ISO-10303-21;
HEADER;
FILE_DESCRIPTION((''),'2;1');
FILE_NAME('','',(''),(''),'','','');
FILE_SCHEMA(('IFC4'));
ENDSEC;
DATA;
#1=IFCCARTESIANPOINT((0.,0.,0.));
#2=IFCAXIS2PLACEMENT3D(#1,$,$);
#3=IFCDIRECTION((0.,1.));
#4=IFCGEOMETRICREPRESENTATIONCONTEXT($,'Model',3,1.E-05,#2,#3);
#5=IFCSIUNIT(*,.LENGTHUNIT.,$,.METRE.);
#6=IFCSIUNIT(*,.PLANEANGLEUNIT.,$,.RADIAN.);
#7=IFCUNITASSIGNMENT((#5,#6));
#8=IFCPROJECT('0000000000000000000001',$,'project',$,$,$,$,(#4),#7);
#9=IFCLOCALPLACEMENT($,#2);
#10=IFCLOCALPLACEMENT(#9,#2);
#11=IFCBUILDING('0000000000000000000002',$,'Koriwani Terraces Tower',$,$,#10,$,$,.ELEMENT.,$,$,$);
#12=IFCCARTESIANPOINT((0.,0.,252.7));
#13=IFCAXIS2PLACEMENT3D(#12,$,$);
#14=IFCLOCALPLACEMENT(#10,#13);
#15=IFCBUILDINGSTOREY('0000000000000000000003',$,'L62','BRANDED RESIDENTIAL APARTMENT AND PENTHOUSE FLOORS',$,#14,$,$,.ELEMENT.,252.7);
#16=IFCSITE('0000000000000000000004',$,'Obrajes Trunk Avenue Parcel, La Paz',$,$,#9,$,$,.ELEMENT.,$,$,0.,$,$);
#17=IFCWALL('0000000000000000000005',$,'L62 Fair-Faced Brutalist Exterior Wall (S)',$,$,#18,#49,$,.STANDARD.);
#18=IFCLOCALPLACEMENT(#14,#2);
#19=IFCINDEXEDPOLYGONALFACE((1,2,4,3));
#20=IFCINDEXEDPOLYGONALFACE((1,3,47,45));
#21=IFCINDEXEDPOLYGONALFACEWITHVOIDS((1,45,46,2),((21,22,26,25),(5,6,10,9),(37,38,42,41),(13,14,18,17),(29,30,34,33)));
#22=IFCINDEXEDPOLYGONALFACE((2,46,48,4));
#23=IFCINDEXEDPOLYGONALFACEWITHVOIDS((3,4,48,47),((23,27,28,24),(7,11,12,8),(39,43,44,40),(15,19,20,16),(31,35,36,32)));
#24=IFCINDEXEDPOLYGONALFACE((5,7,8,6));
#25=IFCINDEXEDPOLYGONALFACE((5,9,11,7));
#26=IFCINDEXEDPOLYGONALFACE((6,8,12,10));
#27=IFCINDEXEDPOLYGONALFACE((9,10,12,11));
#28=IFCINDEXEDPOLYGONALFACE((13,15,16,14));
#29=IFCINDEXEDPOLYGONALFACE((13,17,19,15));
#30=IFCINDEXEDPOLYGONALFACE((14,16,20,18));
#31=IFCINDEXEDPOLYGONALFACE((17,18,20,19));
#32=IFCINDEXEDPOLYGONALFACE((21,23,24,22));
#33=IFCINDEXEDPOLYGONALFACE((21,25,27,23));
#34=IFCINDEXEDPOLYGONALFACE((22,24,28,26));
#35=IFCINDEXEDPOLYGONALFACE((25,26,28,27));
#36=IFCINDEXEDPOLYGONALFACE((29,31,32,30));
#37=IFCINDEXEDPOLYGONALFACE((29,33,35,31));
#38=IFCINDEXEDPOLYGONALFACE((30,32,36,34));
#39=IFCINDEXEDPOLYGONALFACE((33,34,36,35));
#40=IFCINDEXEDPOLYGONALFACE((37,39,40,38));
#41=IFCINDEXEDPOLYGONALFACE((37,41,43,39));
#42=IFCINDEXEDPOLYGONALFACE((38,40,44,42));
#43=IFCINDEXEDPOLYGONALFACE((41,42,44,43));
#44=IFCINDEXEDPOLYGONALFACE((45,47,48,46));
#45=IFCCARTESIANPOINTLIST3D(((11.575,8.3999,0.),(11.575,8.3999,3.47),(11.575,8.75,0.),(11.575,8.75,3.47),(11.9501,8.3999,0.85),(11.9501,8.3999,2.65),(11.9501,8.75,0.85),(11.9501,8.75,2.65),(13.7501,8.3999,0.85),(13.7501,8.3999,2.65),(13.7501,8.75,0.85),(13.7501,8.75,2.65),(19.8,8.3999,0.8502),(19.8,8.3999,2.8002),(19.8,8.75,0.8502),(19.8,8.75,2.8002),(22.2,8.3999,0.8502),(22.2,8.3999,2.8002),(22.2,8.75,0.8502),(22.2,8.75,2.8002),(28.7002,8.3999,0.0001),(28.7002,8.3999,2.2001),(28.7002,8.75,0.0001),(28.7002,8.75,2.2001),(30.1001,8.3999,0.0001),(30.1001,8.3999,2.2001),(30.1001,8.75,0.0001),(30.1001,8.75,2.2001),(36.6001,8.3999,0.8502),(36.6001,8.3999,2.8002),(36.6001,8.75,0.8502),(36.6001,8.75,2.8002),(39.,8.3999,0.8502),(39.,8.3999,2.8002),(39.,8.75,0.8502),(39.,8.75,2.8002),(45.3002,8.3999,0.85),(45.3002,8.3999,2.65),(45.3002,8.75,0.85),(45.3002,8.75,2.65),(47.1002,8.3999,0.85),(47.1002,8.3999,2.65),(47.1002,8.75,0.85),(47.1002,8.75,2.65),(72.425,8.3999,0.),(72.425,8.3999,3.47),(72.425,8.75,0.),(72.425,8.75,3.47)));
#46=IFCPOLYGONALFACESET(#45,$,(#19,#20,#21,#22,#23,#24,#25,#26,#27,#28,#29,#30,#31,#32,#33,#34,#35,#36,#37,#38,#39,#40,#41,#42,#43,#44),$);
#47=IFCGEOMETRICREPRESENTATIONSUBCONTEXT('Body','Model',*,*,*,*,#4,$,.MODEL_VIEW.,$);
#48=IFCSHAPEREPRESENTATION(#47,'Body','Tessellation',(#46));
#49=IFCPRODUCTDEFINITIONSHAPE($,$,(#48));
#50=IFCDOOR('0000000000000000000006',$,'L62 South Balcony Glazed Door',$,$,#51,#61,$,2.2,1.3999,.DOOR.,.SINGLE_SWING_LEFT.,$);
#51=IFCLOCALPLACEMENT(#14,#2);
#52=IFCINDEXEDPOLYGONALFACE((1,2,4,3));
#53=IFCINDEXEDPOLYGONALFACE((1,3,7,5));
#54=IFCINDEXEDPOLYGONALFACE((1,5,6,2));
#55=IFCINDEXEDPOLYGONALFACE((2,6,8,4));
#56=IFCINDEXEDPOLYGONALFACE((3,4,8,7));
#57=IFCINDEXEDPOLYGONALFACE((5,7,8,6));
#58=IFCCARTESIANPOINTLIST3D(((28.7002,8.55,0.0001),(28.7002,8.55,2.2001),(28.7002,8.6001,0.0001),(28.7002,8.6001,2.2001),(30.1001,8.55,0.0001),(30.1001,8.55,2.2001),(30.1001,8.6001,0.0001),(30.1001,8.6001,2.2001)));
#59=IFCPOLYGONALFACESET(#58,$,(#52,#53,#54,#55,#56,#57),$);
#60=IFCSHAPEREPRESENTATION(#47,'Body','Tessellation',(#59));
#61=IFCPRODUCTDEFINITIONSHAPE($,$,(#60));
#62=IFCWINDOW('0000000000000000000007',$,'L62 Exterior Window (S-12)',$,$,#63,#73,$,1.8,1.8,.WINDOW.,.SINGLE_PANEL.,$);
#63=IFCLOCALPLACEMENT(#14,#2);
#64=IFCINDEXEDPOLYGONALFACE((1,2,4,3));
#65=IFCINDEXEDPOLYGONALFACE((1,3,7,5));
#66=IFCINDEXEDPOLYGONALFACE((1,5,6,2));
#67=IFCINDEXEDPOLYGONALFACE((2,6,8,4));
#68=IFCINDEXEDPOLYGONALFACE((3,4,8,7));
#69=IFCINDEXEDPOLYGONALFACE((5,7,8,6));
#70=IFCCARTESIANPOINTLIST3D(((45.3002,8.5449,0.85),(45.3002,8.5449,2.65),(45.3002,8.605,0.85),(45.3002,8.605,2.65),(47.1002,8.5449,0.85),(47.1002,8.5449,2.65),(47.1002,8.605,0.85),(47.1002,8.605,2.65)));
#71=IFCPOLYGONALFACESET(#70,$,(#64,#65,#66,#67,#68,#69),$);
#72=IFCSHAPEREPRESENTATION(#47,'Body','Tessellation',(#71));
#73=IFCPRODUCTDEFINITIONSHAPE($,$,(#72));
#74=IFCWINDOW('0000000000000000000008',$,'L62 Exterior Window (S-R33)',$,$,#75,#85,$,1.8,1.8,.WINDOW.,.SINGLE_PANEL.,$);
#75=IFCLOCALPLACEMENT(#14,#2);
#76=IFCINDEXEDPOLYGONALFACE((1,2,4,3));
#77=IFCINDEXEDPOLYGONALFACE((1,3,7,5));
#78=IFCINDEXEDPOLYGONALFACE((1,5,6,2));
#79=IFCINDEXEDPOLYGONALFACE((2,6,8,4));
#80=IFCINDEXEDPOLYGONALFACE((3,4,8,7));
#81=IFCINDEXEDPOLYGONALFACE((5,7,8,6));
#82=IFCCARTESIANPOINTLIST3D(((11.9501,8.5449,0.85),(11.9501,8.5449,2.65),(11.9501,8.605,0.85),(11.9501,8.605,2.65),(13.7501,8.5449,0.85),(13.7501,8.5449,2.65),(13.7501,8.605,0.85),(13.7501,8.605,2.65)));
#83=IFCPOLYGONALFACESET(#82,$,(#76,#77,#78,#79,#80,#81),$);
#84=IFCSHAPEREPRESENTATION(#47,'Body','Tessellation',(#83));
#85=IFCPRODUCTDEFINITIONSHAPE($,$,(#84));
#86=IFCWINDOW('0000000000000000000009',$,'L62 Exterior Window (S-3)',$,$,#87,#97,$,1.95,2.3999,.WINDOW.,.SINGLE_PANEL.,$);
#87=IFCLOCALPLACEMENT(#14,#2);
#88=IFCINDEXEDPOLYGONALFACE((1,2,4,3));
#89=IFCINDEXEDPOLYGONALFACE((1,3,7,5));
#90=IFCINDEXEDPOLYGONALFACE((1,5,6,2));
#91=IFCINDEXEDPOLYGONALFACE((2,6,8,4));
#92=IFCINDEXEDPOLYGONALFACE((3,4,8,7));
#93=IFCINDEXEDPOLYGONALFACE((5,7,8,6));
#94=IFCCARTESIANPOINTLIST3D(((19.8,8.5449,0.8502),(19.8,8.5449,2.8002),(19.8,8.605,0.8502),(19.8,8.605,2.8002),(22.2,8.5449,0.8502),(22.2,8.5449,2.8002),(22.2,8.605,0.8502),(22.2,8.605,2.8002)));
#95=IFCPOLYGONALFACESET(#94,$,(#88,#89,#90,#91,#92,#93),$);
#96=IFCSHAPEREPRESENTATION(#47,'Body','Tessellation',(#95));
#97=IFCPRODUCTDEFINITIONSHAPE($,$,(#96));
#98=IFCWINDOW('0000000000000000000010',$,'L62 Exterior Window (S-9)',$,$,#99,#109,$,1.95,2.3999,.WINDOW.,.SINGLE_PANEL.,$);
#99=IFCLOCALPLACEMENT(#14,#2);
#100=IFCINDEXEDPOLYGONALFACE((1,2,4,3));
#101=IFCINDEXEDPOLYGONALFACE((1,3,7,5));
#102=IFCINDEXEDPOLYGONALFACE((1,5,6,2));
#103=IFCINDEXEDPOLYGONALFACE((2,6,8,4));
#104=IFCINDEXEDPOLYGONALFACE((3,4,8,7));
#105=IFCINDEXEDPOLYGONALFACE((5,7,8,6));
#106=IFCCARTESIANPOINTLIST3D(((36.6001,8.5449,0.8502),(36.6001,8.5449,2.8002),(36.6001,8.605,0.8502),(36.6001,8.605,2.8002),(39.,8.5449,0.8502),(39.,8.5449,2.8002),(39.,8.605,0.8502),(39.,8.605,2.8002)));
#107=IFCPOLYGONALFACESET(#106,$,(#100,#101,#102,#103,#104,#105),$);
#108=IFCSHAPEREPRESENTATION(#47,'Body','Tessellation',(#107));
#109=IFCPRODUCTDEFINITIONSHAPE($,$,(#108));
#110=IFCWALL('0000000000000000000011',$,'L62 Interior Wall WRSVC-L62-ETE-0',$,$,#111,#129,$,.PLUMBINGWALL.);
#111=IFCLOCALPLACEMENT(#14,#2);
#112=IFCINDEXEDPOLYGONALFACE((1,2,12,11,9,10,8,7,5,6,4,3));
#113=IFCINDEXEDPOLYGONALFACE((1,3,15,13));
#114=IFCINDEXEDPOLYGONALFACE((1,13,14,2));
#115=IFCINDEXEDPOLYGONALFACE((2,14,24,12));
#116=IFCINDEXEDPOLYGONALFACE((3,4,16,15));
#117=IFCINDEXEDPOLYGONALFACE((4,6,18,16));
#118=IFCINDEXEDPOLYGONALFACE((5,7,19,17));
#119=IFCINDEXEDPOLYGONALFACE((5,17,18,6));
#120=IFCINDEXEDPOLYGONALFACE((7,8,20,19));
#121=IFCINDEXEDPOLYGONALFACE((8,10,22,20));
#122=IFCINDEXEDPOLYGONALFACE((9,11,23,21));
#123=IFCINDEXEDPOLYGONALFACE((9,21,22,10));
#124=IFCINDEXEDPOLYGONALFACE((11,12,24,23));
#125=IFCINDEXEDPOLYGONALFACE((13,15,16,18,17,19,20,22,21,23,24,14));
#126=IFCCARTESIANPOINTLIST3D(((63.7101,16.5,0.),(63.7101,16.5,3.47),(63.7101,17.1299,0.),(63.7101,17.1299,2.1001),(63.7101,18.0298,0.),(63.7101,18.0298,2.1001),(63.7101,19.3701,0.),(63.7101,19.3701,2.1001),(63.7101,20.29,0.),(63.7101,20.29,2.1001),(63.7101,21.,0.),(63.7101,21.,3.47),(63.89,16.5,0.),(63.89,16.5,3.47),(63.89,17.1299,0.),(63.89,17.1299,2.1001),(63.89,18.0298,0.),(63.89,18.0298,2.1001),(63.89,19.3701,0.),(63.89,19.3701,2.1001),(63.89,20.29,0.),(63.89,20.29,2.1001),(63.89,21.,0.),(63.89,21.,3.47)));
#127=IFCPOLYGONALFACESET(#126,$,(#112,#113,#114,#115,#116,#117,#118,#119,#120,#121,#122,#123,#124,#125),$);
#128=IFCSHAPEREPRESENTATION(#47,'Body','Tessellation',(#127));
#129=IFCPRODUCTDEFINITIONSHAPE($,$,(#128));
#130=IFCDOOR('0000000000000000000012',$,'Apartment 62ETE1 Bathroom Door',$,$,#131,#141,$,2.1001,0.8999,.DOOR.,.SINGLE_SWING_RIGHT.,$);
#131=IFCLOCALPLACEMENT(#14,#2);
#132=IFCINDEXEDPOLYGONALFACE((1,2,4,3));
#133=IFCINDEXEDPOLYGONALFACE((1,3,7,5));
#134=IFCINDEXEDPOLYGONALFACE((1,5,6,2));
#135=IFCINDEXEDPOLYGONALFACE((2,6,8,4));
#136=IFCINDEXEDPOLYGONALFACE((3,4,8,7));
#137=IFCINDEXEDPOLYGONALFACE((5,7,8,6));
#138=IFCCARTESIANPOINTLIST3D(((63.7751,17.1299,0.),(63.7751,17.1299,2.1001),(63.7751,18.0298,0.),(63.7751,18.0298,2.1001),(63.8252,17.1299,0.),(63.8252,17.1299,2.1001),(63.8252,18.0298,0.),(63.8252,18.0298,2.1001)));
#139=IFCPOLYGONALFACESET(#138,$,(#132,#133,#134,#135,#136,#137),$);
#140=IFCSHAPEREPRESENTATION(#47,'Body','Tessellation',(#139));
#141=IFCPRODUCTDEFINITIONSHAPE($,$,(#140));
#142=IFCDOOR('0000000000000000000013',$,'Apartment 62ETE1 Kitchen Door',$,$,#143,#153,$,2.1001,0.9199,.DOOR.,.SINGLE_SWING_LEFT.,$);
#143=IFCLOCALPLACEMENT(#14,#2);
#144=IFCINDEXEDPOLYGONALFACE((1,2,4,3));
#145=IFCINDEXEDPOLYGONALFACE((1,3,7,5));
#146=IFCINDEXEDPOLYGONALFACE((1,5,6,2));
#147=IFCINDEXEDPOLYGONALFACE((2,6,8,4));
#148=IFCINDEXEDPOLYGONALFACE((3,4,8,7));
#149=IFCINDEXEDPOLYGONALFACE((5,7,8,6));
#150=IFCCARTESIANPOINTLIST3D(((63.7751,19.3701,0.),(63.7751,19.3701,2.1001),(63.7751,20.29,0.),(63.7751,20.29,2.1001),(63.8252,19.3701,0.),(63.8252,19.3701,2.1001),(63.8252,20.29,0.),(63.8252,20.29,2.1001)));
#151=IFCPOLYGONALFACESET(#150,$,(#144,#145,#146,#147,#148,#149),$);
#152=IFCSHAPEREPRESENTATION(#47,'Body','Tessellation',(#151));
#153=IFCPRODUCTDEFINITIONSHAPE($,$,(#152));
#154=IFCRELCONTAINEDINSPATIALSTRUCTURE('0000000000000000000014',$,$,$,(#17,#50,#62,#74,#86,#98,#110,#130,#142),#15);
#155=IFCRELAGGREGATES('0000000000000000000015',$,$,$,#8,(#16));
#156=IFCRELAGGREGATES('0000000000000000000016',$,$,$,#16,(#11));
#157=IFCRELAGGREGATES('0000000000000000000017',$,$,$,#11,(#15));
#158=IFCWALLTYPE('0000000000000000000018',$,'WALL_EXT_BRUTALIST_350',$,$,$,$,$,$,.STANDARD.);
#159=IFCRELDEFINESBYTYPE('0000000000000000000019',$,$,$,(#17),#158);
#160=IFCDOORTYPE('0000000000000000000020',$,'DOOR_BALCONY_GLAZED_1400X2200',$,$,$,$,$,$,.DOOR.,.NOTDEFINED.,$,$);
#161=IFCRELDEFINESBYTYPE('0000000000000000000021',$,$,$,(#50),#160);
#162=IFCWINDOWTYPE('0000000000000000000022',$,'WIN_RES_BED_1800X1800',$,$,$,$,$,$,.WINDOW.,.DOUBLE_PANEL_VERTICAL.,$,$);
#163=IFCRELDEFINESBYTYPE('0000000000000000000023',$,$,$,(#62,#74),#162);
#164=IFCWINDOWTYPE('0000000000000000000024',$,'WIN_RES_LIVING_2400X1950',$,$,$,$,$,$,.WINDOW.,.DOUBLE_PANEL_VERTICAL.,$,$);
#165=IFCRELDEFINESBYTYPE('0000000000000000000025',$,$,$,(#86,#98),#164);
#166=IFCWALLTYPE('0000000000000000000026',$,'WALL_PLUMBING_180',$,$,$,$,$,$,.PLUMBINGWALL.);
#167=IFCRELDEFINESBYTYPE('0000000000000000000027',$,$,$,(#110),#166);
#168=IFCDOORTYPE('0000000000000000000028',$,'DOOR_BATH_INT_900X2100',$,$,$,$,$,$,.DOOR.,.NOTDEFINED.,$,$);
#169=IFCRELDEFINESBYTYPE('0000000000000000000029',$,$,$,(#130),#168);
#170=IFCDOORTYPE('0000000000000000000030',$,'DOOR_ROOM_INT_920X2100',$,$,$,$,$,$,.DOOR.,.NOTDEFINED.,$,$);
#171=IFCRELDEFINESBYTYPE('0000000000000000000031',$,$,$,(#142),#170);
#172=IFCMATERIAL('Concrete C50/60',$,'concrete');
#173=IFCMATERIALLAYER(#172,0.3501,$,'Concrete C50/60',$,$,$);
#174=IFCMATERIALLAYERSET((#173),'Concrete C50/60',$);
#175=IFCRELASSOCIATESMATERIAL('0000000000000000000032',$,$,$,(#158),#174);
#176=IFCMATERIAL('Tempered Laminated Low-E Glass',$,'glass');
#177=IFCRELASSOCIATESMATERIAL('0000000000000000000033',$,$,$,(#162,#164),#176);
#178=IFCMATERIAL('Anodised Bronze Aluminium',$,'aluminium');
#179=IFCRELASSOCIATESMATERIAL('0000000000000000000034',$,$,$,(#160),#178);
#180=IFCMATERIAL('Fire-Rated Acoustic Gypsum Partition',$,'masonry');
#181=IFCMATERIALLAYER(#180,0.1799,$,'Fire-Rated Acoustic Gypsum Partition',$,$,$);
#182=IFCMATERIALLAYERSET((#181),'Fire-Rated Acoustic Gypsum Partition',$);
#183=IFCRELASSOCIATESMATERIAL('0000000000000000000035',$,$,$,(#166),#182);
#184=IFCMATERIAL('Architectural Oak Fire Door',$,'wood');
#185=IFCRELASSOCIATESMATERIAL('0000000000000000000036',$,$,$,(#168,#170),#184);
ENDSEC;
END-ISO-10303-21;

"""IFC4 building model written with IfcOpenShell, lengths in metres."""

from ifc_helpers import new_model, si_unit, direction, frame, frame_2d, origin, place, context, subcontext, project, spatial, rectangle, extrude, material, layer, layer_set, type_object, element, fill, save


model = new_model("IFC4")

# Units and contexts
model_context = context("Model", 3, precision=1e-05, world=origin(), true_north=direction((0.0, 1.0)))
body_context = subcontext(model_context, "Body", "Model", "MODEL_VIEW")
ifc_project = project(units=[si_unit("LENGTHUNIT", "METRE"), si_unit("PLANEANGLEUNIT", "RADIAN")], contexts=[model_context])

# Site, building, storey
site_placement = place(None, origin())
site = spatial("IfcSite", under=ifc_project, at=site_placement, Name="Obrajes Trunk Avenue Parcel, La Paz", CompositionType="ELEMENT", RefElevation=0.0)
building_placement = place(site_placement, origin())
building = spatial("IfcBuilding", under=site, at=building_placement, Name="Koriwani Terraces Tower", CompositionType="ELEMENT")
storey_placement = place(building_placement, frame((0.0, 0.0, 252.7)))
storey = spatial("IfcBuildingStorey", under=building, at=storey_placement, Name="L62", Description="BRANDED RESIDENTIAL APARTMENT AND PENTHOUSE FLOORS", CompositionType="ELEMENT", Elevation=252.7)

# Shared definitions
ifc_material_1 = material(Name="Concrete C50/60", Category="concrete")

# Shared definitions
ifc_layer_1 = layer(ifc_material_1, 0.3501, Name="Concrete C50/60")
ifc_layer_set_1 = layer_set([ifc_layer_1], Name="Concrete C50/60")
wall_type_1 = type_object("IfcWallType", Name="WALL_EXT_BRUTALIST_350", PredefinedType="STANDARD", material=ifc_layer_set_1)
ifc_material_2 = material(Name="Tempered Laminated Low-E Glass", Category="glass")
window_type_1 = type_object("IfcWindowType", Name="WIN_RES_BED_1800X1800", PartitioningType="DOUBLE_PANEL_VERTICAL", PredefinedType="WINDOW", material=ifc_material_2)

# Wall, openings, door, windows
wall_1_placement = place(storey_placement, frame((72.425, 8.575, 0.0), z_axis=(0.0, 0.0, 1.0), x_axis=(-1.0, 0.0, 0.0)))
wall_1 = element("IfcWall", 1, at=wall_1_placement, inside=storey, type_object=wall_type_1, Name="L62 Fair-Faced Brutalist Exterior Wall (S)", PredefinedType="STANDARD", context=body_context, shape_type="SweptSolid", body=[
    extrude(rectangle(XDim=60.8501, YDim=0.3501, at=frame_2d((30.425, 0.0))), origin(), (0.0, 0.0, 1.0), 3.47),
])
opening_1_placement = place(wall_1_placement, frame((42.325, 0.0, 0.0)))
opening_1 = element("IfcOpeningElement", 2, at=opening_1_placement, cuts=wall_1, PredefinedType="OPENING", context=body_context, shape_type="SweptSolid", body=[
    extrude(rectangle(XDim=1.3999, YDim=2.2, at=frame_2d((0.7, 1.1001))), frame((0.0, 0.1851, 0.0), z_axis=(0.0, -1.0, 0.0), x_axis=(1.0, 0.0, 0.0)), (0.0, 0.0, 1.0), 0.3701),
])
opening_2_placement = place(wall_1_placement, frame((50.2251, 0.0, 0.8501)))
opening_2 = element("IfcOpeningElement", 3, at=opening_2_placement, cuts=wall_1, PredefinedType="OPENING", context=body_context, shape_type="SweptSolid", body=[
    extrude(rectangle(XDim=2.3999, YDim=1.95, at=frame_2d((1.2, 0.9751))), frame((0.0, 0.1851, 0.0), z_axis=(0.0, -1.0, 0.0), x_axis=(1.0, 0.0, 0.0)), (0.0, 0.0, 1.0), 0.3701),
])
opening_3_placement = place(wall_1_placement, frame((33.425, 0.0, 0.8501)))
opening_3 = element("IfcOpeningElement", 4, at=opening_3_placement, cuts=wall_1, PredefinedType="OPENING", context=body_context, shape_type="SweptSolid", body=[
    extrude(rectangle(XDim=2.3999, YDim=1.95, at=frame_2d((1.2, 0.9751))), frame((0.0, 0.1851, 0.0), z_axis=(0.0, -1.0, 0.0), x_axis=(1.0, 0.0, 0.0)), (0.0, 0.0, 1.0), 0.3701),
])
opening_4_placement = place(wall_1_placement, frame((25.325, 0.0, 0.8501)))
opening_4 = element("IfcOpeningElement", 5, at=opening_4_placement, cuts=wall_1, PredefinedType="OPENING", context=body_context, shape_type="SweptSolid", body=[
    extrude(rectangle(XDim=1.8, YDim=1.8, at=frame_2d((0.8999, 0.8999))), frame((0.0, 0.1851, 0.0), z_axis=(0.0, -1.0, 0.0), x_axis=(1.0, 0.0, 0.0)), (0.0, 0.0, 1.0), 0.3701),
])
opening_5_placement = place(wall_1_placement, frame((58.675, 0.0, 0.8501)))
opening_5 = element("IfcOpeningElement", 6, at=opening_5_placement, cuts=wall_1, PredefinedType="OPENING", context=body_context, shape_type="SweptSolid", body=[
    extrude(rectangle(XDim=1.8, YDim=1.8, at=frame_2d((0.8999, 0.8999))), frame((0.0, 0.1851, 0.0), z_axis=(0.0, -1.0, 0.0), x_axis=(1.0, 0.0, 0.0)), (0.0, 0.0, 1.0), 0.3701),
])
ifc_material_3 = material(Name="Anodised Bronze Aluminium", Category="aluminium")
door_type_1 = type_object("IfcDoorType", Name="DOOR_BALCONY_GLAZED_1400X2200", OperationType="NOTDEFINED", PredefinedType="DOOR", material=ifc_material_3)
door_1_placement = place(opening_1_placement, origin())
door_1 = element("IfcDoor", 7, at=door_1_placement, inside=storey, type_object=door_type_1, Name="L62 South Balcony Glazed Door", OperationType="SINGLE_SWING_LEFT", OverallHeight=2.2, OverallWidth=1.3999, PredefinedType="DOOR", context=body_context, shape_type="SweptSolid", body=[
    extrude(rectangle(XDim=1.3999, YDim=2.2, at=frame_2d((0.7, 1.1001))), frame((0.0, 0.0249, 0.0), z_axis=(0.0, -1.0, 0.0), x_axis=(1.0, 0.0, 0.0)), (0.0, 0.0, 1.0), 0.05),
])
fill(opening_1, door_1)
window_1_placement = place(opening_4_placement, origin())
window_1 = element("IfcWindow", 8, at=window_1_placement, inside=storey, type_object=window_type_1, Name="L62 Exterior Window (S-12)", OverallHeight=1.8, OverallWidth=1.8, PartitioningType="SINGLE_PANEL", PredefinedType="WINDOW", context=body_context, shape_type="SweptSolid", body=[
    extrude(rectangle(XDim=1.8, YDim=1.8, at=frame_2d((0.8999, 0.8999))), frame((0.0, 0.03, 0.0), z_axis=(0.0, -1.0, 0.0), x_axis=(1.0, 0.0, 0.0)), (0.0, 0.0, 1.0), 0.0601),
])
fill(opening_4, window_1)
window_2_placement = place(opening_5_placement, origin())
window_2 = element("IfcWindow", 9, at=window_2_placement, inside=storey, type_object=window_type_1, Name="L62 Exterior Window (S-R33)", OverallHeight=1.8, OverallWidth=1.8, PartitioningType="SINGLE_PANEL", PredefinedType="WINDOW", context=body_context, shape_type="SweptSolid", body=[
    extrude(rectangle(XDim=1.8, YDim=1.8, at=frame_2d((0.8999, 0.8999))), frame((0.0, 0.03, 0.0), z_axis=(0.0, -1.0, 0.0), x_axis=(1.0, 0.0, 0.0)), (0.0, 0.0, 1.0), 0.0601),
])
fill(opening_5, window_2)
window_type_2 = type_object("IfcWindowType", Name="WIN_RES_LIVING_2400X1950", PartitioningType="DOUBLE_PANEL_VERTICAL", PredefinedType="WINDOW", material=ifc_material_2)
window_3_placement = place(opening_2_placement, origin())
window_3 = element("IfcWindow", 10, at=window_3_placement, inside=storey, type_object=window_type_2, Name="L62 Exterior Window (S-3)", OverallHeight=1.95, OverallWidth=2.3999, PartitioningType="SINGLE_PANEL", PredefinedType="WINDOW", context=body_context, shape_type="SweptSolid", body=[
    extrude(rectangle(XDim=2.3999, YDim=1.95, at=frame_2d((1.2, 0.9751))), frame((0.0, 0.03, 0.0), z_axis=(0.0, -1.0, 0.0), x_axis=(1.0, 0.0, 0.0)), (0.0, 0.0, 1.0), 0.0601),
])
fill(opening_2, window_3)
window_4_placement = place(opening_3_placement, origin())
window_4 = element("IfcWindow", 11, at=window_4_placement, inside=storey, type_object=window_type_2, Name="L62 Exterior Window (S-9)", OverallHeight=1.95, OverallWidth=2.3999, PartitioningType="SINGLE_PANEL", PredefinedType="WINDOW", context=body_context, shape_type="SweptSolid", body=[
    extrude(rectangle(XDim=2.3999, YDim=1.95, at=frame_2d((1.2, 0.9751))), frame((0.0, 0.03, 0.0), z_axis=(0.0, -1.0, 0.0), x_axis=(1.0, 0.0, 0.0)), (0.0, 0.0, 1.0), 0.0601),
])
fill(opening_3, window_4)

# Wall, openings, doors
ifc_material_4 = material(Name="Fire-Rated Acoustic Gypsum Partition", Category="masonry")
ifc_layer_2 = layer(ifc_material_4, 0.1799, Name="Fire-Rated Acoustic Gypsum Partition")
ifc_layer_set_2 = layer_set([ifc_layer_2], Name="Fire-Rated Acoustic Gypsum Partition")
wall_type_2 = type_object("IfcWallType", Name="WALL_PLUMBING_180", PredefinedType="PLUMBINGWALL", material=ifc_layer_set_2)
wall_2_placement = place(storey_placement, frame((63.8, 16.5, 0.0), z_axis=(0.0, 0.0, 1.0), x_axis=(0.0, 1.0, 0.0)))
wall_2 = element("IfcWall", 12, at=wall_2_placement, inside=storey, type_object=wall_type_2, Name="L62 Interior Wall WRSVC-L62-ETE-0", PredefinedType="PLUMBINGWALL", context=body_context, shape_type="SweptSolid", body=[
    extrude(rectangle(XDim=4.5, YDim=0.1799, at=frame_2d((2.25, 0.0))), origin(), (0.0, 0.0, 1.0), 3.47),
])
opening_6_placement = place(wall_2_placement, frame((0.6299, 0.0, 0.0)))
opening_6 = element("IfcOpeningElement", 13, at=opening_6_placement, cuts=wall_2, PredefinedType="OPENING", context=body_context, shape_type="SweptSolid", body=[
    extrude(rectangle(XDim=0.8999, YDim=2.1001, at=frame_2d((0.45, 1.05))), frame((0.0, 0.1001, 0.0), z_axis=(0.0, -1.0, 0.0), x_axis=(1.0, 0.0, 0.0)), (0.0, 0.0, 1.0), 0.2),
])
opening_7_placement = place(wall_2_placement, frame((2.8701, 0.0, 0.0)))
opening_7 = element("IfcOpeningElement", 14, at=opening_7_placement, cuts=wall_2, PredefinedType="OPENING", context=body_context, shape_type="SweptSolid", body=[
    extrude(rectangle(XDim=0.9199, YDim=2.1001, at=frame_2d((0.46, 1.05))), frame((0.0, 0.1001, 0.0), z_axis=(0.0, -1.0, 0.0), x_axis=(1.0, 0.0, 0.0)), (0.0, 0.0, 1.0), 0.2),
])
ifc_material_5 = material(Name="Architectural Oak Fire Door", Category="wood")
door_type_2 = type_object("IfcDoorType", Name="DOOR_BATH_INT_900X2100", OperationType="NOTDEFINED", PredefinedType="DOOR", material=ifc_material_5)
door_2_placement = place(opening_6_placement, origin())
door_2 = element("IfcDoor", 15, at=door_2_placement, inside=storey, type_object=door_type_2, Name="Apartment 62ETE1 Bathroom Door", OperationType="SINGLE_SWING_RIGHT", OverallHeight=2.1001, OverallWidth=0.8999, PredefinedType="DOOR", context=body_context, shape_type="SweptSolid", body=[
    extrude(rectangle(XDim=0.8999, YDim=2.1001, at=frame_2d((0.45, 1.05))), frame((0.0, 0.0249, 0.0), z_axis=(0.0, -1.0, 0.0), x_axis=(1.0, 0.0, 0.0)), (0.0, 0.0, 1.0), 0.05),
])
fill(opening_6, door_2)
door_type_3 = type_object("IfcDoorType", Name="DOOR_ROOM_INT_920X2100", OperationType="NOTDEFINED", PredefinedType="DOOR", material=ifc_material_5)
door_3_placement = place(opening_7_placement, origin())
door_3 = element("IfcDoor", 16, at=door_3_placement, inside=storey, type_object=door_type_3, Name="Apartment 62ETE1 Kitchen Door", OperationType="SINGLE_SWING_LEFT", OverallHeight=2.1001, OverallWidth=0.9199, PredefinedType="DOOR", context=body_context, shape_type="SweptSolid", body=[
    extrude(rectangle(XDim=0.9199, YDim=2.1001, at=frame_2d((0.46, 1.05))), frame((0.0, 0.0249, 0.0), z_axis=(0.0, -1.0, 0.0), x_axis=(1.0, 0.0, 0.0)), (0.0, 0.0, 1.0), 0.05),
])
fill(opening_7, door_3)

save(model, "model.ifc")
